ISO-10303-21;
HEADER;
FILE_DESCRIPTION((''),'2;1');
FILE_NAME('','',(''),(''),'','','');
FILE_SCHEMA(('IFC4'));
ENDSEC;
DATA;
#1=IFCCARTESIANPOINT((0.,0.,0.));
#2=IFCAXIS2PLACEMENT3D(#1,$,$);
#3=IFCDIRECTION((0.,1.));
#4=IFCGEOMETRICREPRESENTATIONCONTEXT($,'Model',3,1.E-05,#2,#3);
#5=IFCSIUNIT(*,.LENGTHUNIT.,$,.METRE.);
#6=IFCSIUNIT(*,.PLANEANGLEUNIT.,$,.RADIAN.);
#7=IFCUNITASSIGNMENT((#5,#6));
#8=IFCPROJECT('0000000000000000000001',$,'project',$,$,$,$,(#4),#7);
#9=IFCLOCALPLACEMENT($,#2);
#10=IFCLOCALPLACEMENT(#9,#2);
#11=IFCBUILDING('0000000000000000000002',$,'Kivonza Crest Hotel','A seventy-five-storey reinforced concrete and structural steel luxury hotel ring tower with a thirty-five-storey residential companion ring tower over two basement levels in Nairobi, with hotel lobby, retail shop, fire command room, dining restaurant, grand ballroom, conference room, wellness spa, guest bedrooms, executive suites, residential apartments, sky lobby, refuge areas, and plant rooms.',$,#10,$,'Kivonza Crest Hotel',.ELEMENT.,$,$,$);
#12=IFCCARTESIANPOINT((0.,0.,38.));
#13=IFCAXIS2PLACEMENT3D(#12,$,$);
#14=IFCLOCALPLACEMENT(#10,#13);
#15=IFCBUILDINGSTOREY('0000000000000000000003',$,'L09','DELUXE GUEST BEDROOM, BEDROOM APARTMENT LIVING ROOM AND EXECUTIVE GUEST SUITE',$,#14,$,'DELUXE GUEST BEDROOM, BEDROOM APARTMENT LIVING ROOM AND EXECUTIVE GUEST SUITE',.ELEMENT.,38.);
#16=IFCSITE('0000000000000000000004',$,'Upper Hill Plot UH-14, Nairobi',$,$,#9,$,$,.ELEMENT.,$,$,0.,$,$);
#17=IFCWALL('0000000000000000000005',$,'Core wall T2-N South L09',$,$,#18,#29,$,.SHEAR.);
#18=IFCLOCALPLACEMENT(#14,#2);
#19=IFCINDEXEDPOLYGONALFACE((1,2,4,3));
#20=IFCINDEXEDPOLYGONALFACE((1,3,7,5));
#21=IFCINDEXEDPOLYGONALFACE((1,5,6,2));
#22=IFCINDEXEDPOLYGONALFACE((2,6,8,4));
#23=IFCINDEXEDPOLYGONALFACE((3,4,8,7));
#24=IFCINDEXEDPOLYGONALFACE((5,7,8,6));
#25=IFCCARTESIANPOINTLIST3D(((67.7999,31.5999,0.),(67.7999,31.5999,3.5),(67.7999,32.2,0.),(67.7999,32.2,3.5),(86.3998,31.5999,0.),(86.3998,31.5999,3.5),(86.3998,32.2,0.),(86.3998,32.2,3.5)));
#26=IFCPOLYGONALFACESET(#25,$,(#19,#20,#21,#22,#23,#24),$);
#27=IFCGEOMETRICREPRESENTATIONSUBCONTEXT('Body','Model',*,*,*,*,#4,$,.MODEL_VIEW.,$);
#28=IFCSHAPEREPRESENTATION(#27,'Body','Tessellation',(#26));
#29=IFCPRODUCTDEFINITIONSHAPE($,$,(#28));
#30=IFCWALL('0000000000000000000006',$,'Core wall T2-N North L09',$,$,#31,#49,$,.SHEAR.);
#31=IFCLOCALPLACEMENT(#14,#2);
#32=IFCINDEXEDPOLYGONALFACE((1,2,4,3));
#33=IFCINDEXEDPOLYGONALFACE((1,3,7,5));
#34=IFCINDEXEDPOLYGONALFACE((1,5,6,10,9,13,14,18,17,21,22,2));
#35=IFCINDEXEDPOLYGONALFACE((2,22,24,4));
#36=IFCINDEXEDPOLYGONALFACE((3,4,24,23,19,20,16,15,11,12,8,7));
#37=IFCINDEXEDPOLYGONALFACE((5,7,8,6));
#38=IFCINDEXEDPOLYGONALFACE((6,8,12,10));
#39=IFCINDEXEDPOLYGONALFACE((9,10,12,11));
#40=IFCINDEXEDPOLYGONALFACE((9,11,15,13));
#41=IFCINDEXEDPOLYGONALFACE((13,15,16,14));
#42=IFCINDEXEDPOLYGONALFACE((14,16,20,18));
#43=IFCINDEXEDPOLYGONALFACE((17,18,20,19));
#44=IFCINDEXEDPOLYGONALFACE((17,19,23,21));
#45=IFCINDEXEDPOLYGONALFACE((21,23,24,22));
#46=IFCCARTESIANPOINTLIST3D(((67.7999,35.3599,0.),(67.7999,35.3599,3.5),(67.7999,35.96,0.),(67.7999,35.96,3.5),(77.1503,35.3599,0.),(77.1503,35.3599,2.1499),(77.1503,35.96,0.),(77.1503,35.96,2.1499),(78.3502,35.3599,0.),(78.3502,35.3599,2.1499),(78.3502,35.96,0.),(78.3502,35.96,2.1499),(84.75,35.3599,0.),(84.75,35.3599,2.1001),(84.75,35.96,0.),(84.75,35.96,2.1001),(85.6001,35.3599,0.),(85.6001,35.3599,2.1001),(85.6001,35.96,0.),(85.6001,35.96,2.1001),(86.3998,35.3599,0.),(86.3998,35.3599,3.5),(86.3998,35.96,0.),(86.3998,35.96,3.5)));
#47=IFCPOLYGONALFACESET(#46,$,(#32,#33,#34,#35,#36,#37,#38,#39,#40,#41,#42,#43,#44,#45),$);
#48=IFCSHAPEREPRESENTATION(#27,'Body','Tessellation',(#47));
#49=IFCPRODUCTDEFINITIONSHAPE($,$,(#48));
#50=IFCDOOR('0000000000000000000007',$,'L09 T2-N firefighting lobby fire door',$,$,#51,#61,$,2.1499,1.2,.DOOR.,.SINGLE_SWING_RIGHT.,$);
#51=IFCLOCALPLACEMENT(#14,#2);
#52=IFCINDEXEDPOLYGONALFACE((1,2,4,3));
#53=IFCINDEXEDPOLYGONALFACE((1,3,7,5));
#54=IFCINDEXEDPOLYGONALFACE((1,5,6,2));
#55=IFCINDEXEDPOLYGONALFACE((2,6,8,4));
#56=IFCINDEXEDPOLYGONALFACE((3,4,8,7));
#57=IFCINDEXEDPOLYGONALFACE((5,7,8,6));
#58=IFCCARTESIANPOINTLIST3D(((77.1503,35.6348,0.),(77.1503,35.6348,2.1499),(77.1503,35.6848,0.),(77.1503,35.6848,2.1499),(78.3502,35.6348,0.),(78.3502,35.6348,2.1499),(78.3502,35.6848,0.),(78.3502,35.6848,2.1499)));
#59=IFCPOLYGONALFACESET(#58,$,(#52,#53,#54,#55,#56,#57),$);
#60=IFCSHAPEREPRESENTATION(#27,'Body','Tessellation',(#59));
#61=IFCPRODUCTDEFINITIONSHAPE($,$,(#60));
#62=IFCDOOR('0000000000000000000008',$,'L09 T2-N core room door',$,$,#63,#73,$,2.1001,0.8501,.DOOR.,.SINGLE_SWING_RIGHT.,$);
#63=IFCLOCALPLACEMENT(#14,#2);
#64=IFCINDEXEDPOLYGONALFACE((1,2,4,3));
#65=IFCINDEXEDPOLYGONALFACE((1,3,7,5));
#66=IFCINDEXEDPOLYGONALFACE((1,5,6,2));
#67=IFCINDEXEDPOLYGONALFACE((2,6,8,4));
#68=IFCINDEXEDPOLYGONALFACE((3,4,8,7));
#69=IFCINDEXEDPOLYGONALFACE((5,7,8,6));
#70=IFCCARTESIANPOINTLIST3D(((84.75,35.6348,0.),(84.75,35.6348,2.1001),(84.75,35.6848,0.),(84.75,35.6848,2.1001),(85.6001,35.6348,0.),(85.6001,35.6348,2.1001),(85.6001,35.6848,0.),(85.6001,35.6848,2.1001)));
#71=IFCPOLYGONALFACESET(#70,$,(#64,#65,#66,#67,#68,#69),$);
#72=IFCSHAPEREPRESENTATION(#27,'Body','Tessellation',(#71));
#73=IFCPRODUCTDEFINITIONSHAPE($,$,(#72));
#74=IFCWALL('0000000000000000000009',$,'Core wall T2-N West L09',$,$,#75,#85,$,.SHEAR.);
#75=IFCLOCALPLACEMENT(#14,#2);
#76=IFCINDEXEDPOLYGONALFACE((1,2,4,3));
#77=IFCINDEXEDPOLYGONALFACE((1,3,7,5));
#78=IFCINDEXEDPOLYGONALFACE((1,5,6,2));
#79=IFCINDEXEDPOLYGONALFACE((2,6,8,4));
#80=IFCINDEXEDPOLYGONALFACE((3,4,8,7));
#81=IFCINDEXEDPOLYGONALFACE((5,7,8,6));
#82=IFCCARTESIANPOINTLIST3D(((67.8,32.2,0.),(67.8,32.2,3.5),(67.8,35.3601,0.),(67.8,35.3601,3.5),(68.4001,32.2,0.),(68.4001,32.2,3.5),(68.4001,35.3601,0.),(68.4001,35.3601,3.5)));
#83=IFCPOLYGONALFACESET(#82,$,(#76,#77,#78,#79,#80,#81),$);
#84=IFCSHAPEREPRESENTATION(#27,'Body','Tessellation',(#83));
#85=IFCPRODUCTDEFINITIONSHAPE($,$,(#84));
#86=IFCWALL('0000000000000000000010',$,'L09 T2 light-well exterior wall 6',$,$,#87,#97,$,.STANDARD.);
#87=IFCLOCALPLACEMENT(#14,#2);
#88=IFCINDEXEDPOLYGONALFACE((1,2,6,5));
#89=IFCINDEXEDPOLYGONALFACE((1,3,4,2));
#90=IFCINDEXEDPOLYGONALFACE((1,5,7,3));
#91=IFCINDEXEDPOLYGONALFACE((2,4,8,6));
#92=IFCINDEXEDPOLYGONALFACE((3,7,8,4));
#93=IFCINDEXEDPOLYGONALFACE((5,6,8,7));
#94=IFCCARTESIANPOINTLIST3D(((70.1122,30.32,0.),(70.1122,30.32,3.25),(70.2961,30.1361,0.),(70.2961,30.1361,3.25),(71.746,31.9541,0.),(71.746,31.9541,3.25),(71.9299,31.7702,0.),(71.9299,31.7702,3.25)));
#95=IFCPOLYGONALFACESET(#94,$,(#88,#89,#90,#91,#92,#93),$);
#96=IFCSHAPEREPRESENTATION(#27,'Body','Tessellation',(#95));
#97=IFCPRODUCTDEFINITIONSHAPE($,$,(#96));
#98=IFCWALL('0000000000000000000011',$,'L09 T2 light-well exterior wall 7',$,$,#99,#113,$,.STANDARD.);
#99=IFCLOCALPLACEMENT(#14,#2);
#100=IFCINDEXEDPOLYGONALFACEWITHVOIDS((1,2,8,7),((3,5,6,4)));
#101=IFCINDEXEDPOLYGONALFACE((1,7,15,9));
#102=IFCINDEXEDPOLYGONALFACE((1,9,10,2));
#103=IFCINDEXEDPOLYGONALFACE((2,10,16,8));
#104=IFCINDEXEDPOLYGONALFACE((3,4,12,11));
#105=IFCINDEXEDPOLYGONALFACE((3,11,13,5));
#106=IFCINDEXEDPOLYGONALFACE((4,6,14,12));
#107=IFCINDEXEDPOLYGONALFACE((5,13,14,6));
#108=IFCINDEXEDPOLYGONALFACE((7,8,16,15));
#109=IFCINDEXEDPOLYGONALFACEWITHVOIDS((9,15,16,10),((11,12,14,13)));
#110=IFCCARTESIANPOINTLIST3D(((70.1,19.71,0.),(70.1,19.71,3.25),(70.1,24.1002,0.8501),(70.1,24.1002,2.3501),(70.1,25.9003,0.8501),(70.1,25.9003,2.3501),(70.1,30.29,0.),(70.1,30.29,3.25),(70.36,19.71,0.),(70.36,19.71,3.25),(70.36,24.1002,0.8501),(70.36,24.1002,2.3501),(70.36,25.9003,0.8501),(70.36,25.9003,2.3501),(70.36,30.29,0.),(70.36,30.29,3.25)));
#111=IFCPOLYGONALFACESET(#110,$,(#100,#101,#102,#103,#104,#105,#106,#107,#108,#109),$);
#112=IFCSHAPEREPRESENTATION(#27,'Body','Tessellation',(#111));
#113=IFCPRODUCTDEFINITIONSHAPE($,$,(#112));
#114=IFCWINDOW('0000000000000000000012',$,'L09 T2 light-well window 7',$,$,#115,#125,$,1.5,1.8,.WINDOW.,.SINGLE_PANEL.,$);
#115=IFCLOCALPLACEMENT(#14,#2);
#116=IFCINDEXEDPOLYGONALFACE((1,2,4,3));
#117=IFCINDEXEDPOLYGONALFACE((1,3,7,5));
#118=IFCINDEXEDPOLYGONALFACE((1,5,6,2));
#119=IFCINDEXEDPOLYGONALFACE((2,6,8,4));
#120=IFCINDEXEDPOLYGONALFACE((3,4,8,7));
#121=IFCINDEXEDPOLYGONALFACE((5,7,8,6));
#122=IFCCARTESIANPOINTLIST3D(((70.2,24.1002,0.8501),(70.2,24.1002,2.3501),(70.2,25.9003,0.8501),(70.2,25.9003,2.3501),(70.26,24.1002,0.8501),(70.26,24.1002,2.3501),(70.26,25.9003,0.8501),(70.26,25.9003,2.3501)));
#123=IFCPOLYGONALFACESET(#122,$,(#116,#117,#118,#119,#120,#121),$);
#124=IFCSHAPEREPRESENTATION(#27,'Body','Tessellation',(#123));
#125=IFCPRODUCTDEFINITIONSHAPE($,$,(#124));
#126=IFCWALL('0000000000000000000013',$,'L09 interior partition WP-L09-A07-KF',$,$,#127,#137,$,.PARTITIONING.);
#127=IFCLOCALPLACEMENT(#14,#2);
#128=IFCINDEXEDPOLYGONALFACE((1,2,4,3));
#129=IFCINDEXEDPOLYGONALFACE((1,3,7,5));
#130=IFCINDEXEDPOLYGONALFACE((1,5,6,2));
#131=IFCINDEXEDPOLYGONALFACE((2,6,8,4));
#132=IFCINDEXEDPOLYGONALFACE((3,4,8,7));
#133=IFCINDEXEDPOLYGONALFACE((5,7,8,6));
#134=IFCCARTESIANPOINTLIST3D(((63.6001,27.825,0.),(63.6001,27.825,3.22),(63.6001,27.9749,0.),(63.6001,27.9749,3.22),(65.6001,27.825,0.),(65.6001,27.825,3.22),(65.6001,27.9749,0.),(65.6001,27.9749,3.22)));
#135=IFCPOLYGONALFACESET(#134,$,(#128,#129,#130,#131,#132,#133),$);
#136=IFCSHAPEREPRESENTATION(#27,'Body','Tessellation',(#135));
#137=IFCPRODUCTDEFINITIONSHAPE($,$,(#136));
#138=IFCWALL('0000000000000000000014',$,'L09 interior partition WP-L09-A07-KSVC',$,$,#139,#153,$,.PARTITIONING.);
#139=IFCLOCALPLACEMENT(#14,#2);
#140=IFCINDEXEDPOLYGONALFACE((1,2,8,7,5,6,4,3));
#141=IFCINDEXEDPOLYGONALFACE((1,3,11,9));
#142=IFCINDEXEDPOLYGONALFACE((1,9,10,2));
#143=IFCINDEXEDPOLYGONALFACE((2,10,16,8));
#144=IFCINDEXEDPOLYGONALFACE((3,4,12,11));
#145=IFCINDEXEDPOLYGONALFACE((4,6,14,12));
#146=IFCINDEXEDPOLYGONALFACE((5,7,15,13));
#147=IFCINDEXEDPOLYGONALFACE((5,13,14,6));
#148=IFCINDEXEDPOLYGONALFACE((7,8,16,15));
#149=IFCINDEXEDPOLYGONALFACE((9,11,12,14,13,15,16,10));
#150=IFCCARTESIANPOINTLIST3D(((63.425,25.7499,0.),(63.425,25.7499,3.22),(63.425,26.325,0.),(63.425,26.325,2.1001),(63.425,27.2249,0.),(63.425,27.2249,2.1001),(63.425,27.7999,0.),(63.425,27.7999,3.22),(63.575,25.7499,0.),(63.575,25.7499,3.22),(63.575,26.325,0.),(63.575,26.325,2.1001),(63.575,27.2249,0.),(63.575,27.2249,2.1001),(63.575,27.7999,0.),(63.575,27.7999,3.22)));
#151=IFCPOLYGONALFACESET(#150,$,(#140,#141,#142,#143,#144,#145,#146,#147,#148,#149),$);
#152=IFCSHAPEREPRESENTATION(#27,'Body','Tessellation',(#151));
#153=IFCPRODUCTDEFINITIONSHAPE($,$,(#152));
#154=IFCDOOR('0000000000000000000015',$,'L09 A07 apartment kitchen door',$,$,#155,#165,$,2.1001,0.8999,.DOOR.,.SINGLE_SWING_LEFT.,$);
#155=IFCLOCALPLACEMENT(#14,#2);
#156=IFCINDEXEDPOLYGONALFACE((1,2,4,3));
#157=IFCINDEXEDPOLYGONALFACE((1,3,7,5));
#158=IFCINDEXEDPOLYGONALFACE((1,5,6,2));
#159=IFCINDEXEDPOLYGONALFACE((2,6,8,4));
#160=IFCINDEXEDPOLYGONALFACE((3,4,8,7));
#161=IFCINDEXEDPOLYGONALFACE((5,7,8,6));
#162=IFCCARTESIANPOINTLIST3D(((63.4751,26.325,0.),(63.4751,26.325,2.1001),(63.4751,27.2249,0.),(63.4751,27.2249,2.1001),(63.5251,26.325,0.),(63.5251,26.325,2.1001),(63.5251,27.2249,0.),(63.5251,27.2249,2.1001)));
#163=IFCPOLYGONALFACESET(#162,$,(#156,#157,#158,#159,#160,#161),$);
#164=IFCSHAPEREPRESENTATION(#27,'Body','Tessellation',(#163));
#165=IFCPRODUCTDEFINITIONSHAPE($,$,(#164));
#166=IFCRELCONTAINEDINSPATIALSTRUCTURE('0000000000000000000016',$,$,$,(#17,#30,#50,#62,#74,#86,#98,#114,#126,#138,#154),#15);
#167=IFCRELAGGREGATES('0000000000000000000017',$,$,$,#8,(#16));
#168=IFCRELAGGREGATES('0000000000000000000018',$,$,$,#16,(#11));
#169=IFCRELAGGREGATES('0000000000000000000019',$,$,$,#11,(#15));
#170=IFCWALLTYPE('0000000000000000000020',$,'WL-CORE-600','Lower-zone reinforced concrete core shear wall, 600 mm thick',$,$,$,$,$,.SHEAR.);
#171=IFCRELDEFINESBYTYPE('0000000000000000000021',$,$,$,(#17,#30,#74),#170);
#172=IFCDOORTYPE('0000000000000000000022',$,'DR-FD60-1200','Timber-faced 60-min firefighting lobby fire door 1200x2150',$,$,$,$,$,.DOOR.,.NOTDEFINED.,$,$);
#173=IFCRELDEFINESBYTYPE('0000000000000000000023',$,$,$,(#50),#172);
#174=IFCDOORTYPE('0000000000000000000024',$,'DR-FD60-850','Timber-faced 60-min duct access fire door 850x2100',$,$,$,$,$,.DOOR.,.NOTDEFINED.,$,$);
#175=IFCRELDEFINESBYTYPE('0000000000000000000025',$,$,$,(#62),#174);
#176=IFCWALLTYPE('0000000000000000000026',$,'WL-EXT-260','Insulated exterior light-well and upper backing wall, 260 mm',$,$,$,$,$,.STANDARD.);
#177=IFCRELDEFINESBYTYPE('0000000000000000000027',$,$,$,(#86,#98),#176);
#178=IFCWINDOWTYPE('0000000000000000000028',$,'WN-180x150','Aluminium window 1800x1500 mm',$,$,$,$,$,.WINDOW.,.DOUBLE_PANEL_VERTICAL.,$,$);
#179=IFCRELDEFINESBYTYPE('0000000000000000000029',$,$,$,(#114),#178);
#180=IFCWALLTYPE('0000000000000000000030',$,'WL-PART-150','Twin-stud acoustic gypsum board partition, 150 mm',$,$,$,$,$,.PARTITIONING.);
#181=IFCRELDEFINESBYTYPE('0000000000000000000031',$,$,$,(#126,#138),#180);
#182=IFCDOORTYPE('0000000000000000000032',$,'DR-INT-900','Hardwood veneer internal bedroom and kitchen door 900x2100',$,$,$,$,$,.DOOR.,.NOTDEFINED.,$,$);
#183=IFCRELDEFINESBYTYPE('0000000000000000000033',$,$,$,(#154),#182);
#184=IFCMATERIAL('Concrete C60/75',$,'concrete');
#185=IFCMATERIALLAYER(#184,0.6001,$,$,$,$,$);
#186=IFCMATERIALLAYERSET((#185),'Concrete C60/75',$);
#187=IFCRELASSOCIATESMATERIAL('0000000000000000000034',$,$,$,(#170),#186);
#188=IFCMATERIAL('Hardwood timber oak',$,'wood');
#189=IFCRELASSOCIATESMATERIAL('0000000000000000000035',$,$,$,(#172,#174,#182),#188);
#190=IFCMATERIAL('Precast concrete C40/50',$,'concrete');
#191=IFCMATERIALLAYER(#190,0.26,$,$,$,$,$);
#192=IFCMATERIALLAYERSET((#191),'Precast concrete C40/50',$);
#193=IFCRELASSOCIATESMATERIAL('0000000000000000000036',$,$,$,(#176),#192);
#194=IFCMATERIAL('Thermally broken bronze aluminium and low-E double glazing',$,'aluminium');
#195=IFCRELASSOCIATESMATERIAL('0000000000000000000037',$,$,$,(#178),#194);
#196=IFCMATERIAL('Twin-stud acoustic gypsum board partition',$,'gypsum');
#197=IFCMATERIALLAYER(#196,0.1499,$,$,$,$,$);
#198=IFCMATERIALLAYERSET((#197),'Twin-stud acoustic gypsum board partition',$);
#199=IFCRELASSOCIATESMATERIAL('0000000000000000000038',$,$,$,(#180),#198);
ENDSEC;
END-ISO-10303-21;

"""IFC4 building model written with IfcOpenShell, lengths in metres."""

from ifc_helpers import new_model, si_unit, direction, frame, frame_2d, origin, place, context, subcontext, project, spatial, rectangle, extrude, material, layer, layer_set, type_object, element, fill, save


model = new_model("IFC4")

# Units and contexts
model_context = context("Model", 3, precision=1e-05, world=origin(), true_north=direction((0.0, 1.0)))
body_context = subcontext(model_context, "Body", "Model", "MODEL_VIEW")
ifc_project = project(units=[si_unit("LENGTHUNIT", "METRE"), si_unit("PLANEANGLEUNIT", "RADIAN")], contexts=[model_context])

# Site, building, storey
site_placement = place(None, origin())
site = spatial("IfcSite", under=ifc_project, at=site_placement, Name="Upper Hill Plot UH-14, Nairobi", CompositionType="ELEMENT", RefElevation=0.0)
building_placement = place(site_placement, origin())
building = spatial("IfcBuilding", under=site, at=building_placement, Name="Kivonza Crest Hotel", Description="A seventy-five-storey reinforced concrete and structural steel luxury hotel ring tower with a thirty-five-storey residential companion ring tower over two basement levels in Nairobi, with hotel lobby, retail shop, fire command room, dining restaurant, grand ballroom, conference room, wellness spa, guest bedrooms, executive suites, residential apartments, sky lobby, refuge areas, and plant rooms.", LongName="Kivonza Crest Hotel", CompositionType="ELEMENT")
storey_placement = place(building_placement, frame((0.0, 0.0, 38.0)))
storey = spatial("IfcBuildingStorey", under=building, at=storey_placement, Name="L09", Description="DELUXE GUEST BEDROOM, BEDROOM APARTMENT LIVING ROOM AND EXECUTIVE GUEST SUITE", LongName="DELUXE GUEST BEDROOM, BEDROOM APARTMENT LIVING ROOM AND EXECUTIVE GUEST SUITE", CompositionType="ELEMENT", Elevation=38.0)

# Shared definitions
ifc_material_1 = material(Name="Hardwood timber oak", Category="wood")

# Wall
ifc_material_2 = material(Name="Concrete C60/75", Category="concrete")
ifc_layer_1 = layer(ifc_material_2, 0.6001)
ifc_layer_set_1 = layer_set([ifc_layer_1], Name="Concrete C60/75")
wall_type_1 = type_object("IfcWallType", Name="WL-CORE-600", Description="Lower-zone reinforced concrete core shear wall, 600 mm thick", PredefinedType="SHEAR", material=ifc_layer_set_1)
wall_1_placement = place(storey_placement, frame((67.8, 31.8999, 0.0), z_axis=(0.0, 0.0, 1.0), x_axis=(1.0, 0.0, 0.0)))
element("IfcWall", 1, at=wall_1_placement, inside=storey, type_object=wall_type_1, Name="Core wall T2-N South L09", PredefinedType="SHEAR", context=body_context, shape_type="SweptSolid", body=[
    extrude(rectangle(XDim=18.5999, YDim=0.6001, at=frame_2d((9.2998, 0.0))), origin(), (0.0, 0.0, 1.0), 3.5),
])

# Wall, openings, doors
wall_2_placement = place(storey_placement, frame((67.8, 35.6599, 0.0), z_axis=(0.0, 0.0, 1.0), x_axis=(1.0, 0.0, 0.0)))
wall_2 = element("IfcWall", 2, at=wall_2_placement, inside=storey, type_object=wall_type_1, Name="Core wall T2-N North L09", PredefinedType="SHEAR", context=body_context, shape_type="SweptSolid", body=[
    extrude(rectangle(XDim=18.5999, YDim=0.6001, at=frame_2d((9.2998, 0.0))), origin(), (0.0, 0.0, 1.0), 3.5),
])
opening_1_placement = place(wall_2_placement, frame((9.3501, 0.0, 0.0)))
opening_1 = element("IfcOpeningElement", 3, at=opening_1_placement, cuts=wall_2, PredefinedType="OPENING", context=body_context, shape_type="SweptSolid", body=[
    extrude(rectangle(XDim=1.2, YDim=2.1499, at=frame_2d((0.6001, 1.075))), frame((0.0, 0.3101, 0.0), z_axis=(0.0, -1.0, 0.0), x_axis=(1.0, 0.0, 0.0)), (0.0, 0.0, 1.0), 0.6201),
])
opening_2_placement = place(wall_2_placement, frame((16.95, 0.0, 0.0)))
opening_2 = element("IfcOpeningElement", 4, at=opening_2_placement, cuts=wall_2, PredefinedType="OPENING", context=body_context, shape_type="SweptSolid", body=[
    extrude(rectangle(XDim=0.8501, YDim=2.1001, at=frame_2d((0.425, 1.05))), frame((0.0, 0.3101, 0.0), z_axis=(0.0, -1.0, 0.0), x_axis=(1.0, 0.0, 0.0)), (0.0, 0.0, 1.0), 0.6201),
])
door_type_1 = type_object("IfcDoorType", Name="DR-FD60-1200", Description="Timber-faced 60-min firefighting lobby fire door 1200x2150", OperationType="NOTDEFINED", PredefinedType="DOOR", material=ifc_material_1)
door_1_placement = place(opening_1_placement, origin())
door_1 = element("IfcDoor", 5, at=door_1_placement, inside=storey, type_object=door_type_1, Name="L09 T2-N firefighting lobby fire door", OperationType="SINGLE_SWING_RIGHT", OverallHeight=2.1499, OverallWidth=1.2, PredefinedType="DOOR", context=body_context, shape_type="SweptSolid", body=[
    extrude(rectangle(XDim=1.2, YDim=2.1499, at=frame_2d((0.6001, 1.075))), frame((0.0, 0.0249, 0.0), z_axis=(0.0, -1.0, 0.0), x_axis=(1.0, 0.0, 0.0)), (0.0, 0.0, 1.0), 0.05),
])
fill(opening_1, door_1)
door_type_2 = type_object("IfcDoorType", Name="DR-FD60-850", Description="Timber-faced 60-min duct access fire door 850x2100", OperationType="NOTDEFINED", PredefinedType="DOOR", material=ifc_material_1)
door_2_placement = place(opening_2_placement, origin())
door_2 = element("IfcDoor", 6, at=door_2_placement, inside=storey, type_object=door_type_2, Name="L09 T2-N core room door", OperationType="SINGLE_SWING_RIGHT", OverallHeight=2.1001, OverallWidth=0.8501, PredefinedType="DOOR", context=body_context, shape_type="SweptSolid", body=[
    extrude(rectangle(XDim=0.8501, YDim=2.1001, at=frame_2d((0.425, 1.05))), frame((0.0, 0.0249, 0.0), z_axis=(0.0, -1.0, 0.0), x_axis=(1.0, 0.0, 0.0)), (0.0, 0.0, 1.0), 0.05),
])
fill(opening_2, door_2)

# Walls
wall_3_placement = place(storey_placement, frame((68.1001, 32.2, 0.0), z_axis=(0.0, 0.0, 1.0), x_axis=(0.0, 1.0, 0.0)))
element("IfcWall", 7, at=wall_3_placement, inside=storey, type_object=wall_type_1, Name="Core wall T2-N West L09", PredefinedType="SHEAR", context=body_context, shape_type="SweptSolid", body=[
    extrude(rectangle(XDim=3.1602, YDim=0.6001, at=frame_2d((1.5801, 0.0))), origin(), (0.0, 0.0, 1.0), 3.5),
])
ifc_material_3 = material(Name="Precast concrete C40/50", Category="concrete")
ifc_layer_2 = layer(ifc_material_3, 0.26)
ifc_layer_set_2 = layer_set([ifc_layer_2], Name="Precast concrete C40/50")
wall_type_2 = type_object("IfcWallType", Name="WL-EXT-260", Description="Insulated exterior light-well and upper backing wall, 260 mm", PredefinedType="STANDARD", material=ifc_layer_set_2)
wall_4_placement = place(storey_placement, frame((71.8379, 31.8621, 0.0), z_axis=(0.0, 0.0, 1.0), x_axis=(-0.707054, -0.70716, 0.0)))
element("IfcWall", 8, at=wall_4_placement, inside=storey, type_object=wall_type_2, Name="L09 T2 light-well exterior wall 6", PredefinedType="STANDARD", context=body_context, shape_type="SweptSolid", body=[
    extrude(rectangle(XDim=2.3108, YDim=0.26, at=frame_2d((1.1553, 0.0))), origin(), (0.0, 0.0, 1.0), 3.25),
])

# Wall, opening, window
wall_5_placement = place(storey_placement, frame((70.23, 30.29, 0.0), z_axis=(0.0, 0.0, 1.0), x_axis=(0.0, -1.0, 0.0)))
wall_5 = element("IfcWall", 9, at=wall_5_placement, inside=storey, type_object=wall_type_2, Name="L09 T2 light-well exterior wall 7", PredefinedType="STANDARD", context=body_context, shape_type="SweptSolid", body=[
    extrude(rectangle(XDim=10.5801, YDim=0.26, at=frame_2d((5.29, 0.0))), origin(), (0.0, 0.0, 1.0), 3.25),
])
opening_3_placement = place(wall_5_placement, frame((4.3899, 0.0, 0.8501)))
opening_3 = element("IfcOpeningElement", 10, at=opening_3_placement, cuts=wall_5, PredefinedType="OPENING", context=body_context, shape_type="SweptSolid", body=[
    extrude(rectangle(XDim=1.8, YDim=1.5, at=frame_2d((0.8999, 0.75))), frame((0.0, 0.1401, 0.0), z_axis=(0.0, -1.0, 0.0), x_axis=(1.0, 0.0, 0.0)), (0.0, 0.0, 1.0), 0.28),
])
ifc_material_4 = material(Name="Thermally broken bronze aluminium and low-E double glazing", Category="aluminium")
window_type = type_object("IfcWindowType", Name="WN-180x150", Description="Aluminium window 1800x1500 mm", PartitioningType="DOUBLE_PANEL_VERTICAL", PredefinedType="WINDOW", material=ifc_material_4)
window_placement = place(opening_3_placement, origin())
window = element("IfcWindow", 11, at=window_placement, inside=storey, type_object=window_type, Name="L09 T2 light-well window 7", OverallHeight=1.5, OverallWidth=1.8, PartitioningType="SINGLE_PANEL", PredefinedType="WINDOW", context=body_context, shape_type="SweptSolid", body=[
    extrude(rectangle(XDim=1.8, YDim=1.5, at=frame_2d((0.8999, 0.75))), frame((0.0, 0.03, 0.0), z_axis=(0.0, -1.0, 0.0), x_axis=(1.0, 0.0, 0.0)), (0.0, 0.0, 1.0), 0.0601),
])
fill(opening_3, window)

# Wall
ifc_material_5 = material(Name="Twin-stud acoustic gypsum board partition", Category="gypsum")
ifc_layer_3 = layer(ifc_material_5, 0.1499)
ifc_layer_set_3 = layer_set([ifc_layer_3], Name="Twin-stud acoustic gypsum board partition")
wall_type_3 = type_object("IfcWallType", Name="WL-PART-150", Description="Twin-stud acoustic gypsum board partition, 150 mm", PredefinedType="PARTITIONING", material=ifc_layer_set_3)
wall_6_placement = place(storey_placement, frame((63.6001, 27.8999, 0.0), z_axis=(0.0, 0.0, 1.0), x_axis=(1.0, 0.0, 0.0)))
element("IfcWall", 12, at=wall_6_placement, inside=storey, type_object=wall_type_3, Name="L09 interior partition WP-L09-A07-KF", PredefinedType="PARTITIONING", context=body_context, shape_type="SweptSolid", body=[
    extrude(rectangle(XDim=2.0, YDim=0.1499, at=frame_2d((1.0, 0.0))), origin(), (0.0, 0.0, 1.0), 3.22),
])

# Wall, opening, door
wall_7_placement = place(storey_placement, frame((63.5, 25.75, 0.0), z_axis=(0.0, 0.0, 1.0), x_axis=(0.0, 1.0, 0.0)))
wall_7 = element("IfcWall", 13, at=wall_7_placement, inside=storey, type_object=wall_type_3, Name="L09 interior partition WP-L09-A07-KSVC", PredefinedType="PARTITIONING", context=body_context, shape_type="SweptSolid", body=[
    extrude(rectangle(XDim=2.05, YDim=0.1499, at=frame_2d((1.0249, 0.0))), origin(), (0.0, 0.0, 1.0), 3.22),
])
opening_4_placement = place(wall_7_placement, frame((0.575, 0.0, 0.0)))
opening_4 = element("IfcOpeningElement", 14, at=opening_4_placement, cuts=wall_7, PredefinedType="OPENING", context=body_context, shape_type="SweptSolid", body=[
    extrude(rectangle(XDim=0.8999, YDim=2.1001, at=frame_2d((0.45, 1.05))), frame((0.0, 0.085, 0.0), z_axis=(0.0, -1.0, 0.0), x_axis=(1.0, 0.0, 0.0)), (0.0, 0.0, 1.0), 0.1699),
])
door_type_3 = type_object("IfcDoorType", Name="DR-INT-900", Description="Hardwood veneer internal bedroom and kitchen door 900x2100", OperationType="NOTDEFINED", PredefinedType="DOOR", material=ifc_material_1)
door_3_placement = place(opening_4_placement, origin())
door_3 = element("IfcDoor", 15, at=door_3_placement, inside=storey, type_object=door_type_3, Name="L09 A07 apartment kitchen door", OperationType="SINGLE_SWING_LEFT", OverallHeight=2.1001, OverallWidth=0.8999, PredefinedType="DOOR", context=body_context, shape_type="SweptSolid", body=[
    extrude(rectangle(XDim=0.8999, YDim=2.1001, at=frame_2d((0.45, 1.05))), frame((0.0, 0.0249, 0.0), z_axis=(0.0, -1.0, 0.0), x_axis=(1.0, 0.0, 0.0)), (0.0, 0.0, 1.0), 0.05),
])
fill(opening_4, door_3)

save(model, "model.ifc")
